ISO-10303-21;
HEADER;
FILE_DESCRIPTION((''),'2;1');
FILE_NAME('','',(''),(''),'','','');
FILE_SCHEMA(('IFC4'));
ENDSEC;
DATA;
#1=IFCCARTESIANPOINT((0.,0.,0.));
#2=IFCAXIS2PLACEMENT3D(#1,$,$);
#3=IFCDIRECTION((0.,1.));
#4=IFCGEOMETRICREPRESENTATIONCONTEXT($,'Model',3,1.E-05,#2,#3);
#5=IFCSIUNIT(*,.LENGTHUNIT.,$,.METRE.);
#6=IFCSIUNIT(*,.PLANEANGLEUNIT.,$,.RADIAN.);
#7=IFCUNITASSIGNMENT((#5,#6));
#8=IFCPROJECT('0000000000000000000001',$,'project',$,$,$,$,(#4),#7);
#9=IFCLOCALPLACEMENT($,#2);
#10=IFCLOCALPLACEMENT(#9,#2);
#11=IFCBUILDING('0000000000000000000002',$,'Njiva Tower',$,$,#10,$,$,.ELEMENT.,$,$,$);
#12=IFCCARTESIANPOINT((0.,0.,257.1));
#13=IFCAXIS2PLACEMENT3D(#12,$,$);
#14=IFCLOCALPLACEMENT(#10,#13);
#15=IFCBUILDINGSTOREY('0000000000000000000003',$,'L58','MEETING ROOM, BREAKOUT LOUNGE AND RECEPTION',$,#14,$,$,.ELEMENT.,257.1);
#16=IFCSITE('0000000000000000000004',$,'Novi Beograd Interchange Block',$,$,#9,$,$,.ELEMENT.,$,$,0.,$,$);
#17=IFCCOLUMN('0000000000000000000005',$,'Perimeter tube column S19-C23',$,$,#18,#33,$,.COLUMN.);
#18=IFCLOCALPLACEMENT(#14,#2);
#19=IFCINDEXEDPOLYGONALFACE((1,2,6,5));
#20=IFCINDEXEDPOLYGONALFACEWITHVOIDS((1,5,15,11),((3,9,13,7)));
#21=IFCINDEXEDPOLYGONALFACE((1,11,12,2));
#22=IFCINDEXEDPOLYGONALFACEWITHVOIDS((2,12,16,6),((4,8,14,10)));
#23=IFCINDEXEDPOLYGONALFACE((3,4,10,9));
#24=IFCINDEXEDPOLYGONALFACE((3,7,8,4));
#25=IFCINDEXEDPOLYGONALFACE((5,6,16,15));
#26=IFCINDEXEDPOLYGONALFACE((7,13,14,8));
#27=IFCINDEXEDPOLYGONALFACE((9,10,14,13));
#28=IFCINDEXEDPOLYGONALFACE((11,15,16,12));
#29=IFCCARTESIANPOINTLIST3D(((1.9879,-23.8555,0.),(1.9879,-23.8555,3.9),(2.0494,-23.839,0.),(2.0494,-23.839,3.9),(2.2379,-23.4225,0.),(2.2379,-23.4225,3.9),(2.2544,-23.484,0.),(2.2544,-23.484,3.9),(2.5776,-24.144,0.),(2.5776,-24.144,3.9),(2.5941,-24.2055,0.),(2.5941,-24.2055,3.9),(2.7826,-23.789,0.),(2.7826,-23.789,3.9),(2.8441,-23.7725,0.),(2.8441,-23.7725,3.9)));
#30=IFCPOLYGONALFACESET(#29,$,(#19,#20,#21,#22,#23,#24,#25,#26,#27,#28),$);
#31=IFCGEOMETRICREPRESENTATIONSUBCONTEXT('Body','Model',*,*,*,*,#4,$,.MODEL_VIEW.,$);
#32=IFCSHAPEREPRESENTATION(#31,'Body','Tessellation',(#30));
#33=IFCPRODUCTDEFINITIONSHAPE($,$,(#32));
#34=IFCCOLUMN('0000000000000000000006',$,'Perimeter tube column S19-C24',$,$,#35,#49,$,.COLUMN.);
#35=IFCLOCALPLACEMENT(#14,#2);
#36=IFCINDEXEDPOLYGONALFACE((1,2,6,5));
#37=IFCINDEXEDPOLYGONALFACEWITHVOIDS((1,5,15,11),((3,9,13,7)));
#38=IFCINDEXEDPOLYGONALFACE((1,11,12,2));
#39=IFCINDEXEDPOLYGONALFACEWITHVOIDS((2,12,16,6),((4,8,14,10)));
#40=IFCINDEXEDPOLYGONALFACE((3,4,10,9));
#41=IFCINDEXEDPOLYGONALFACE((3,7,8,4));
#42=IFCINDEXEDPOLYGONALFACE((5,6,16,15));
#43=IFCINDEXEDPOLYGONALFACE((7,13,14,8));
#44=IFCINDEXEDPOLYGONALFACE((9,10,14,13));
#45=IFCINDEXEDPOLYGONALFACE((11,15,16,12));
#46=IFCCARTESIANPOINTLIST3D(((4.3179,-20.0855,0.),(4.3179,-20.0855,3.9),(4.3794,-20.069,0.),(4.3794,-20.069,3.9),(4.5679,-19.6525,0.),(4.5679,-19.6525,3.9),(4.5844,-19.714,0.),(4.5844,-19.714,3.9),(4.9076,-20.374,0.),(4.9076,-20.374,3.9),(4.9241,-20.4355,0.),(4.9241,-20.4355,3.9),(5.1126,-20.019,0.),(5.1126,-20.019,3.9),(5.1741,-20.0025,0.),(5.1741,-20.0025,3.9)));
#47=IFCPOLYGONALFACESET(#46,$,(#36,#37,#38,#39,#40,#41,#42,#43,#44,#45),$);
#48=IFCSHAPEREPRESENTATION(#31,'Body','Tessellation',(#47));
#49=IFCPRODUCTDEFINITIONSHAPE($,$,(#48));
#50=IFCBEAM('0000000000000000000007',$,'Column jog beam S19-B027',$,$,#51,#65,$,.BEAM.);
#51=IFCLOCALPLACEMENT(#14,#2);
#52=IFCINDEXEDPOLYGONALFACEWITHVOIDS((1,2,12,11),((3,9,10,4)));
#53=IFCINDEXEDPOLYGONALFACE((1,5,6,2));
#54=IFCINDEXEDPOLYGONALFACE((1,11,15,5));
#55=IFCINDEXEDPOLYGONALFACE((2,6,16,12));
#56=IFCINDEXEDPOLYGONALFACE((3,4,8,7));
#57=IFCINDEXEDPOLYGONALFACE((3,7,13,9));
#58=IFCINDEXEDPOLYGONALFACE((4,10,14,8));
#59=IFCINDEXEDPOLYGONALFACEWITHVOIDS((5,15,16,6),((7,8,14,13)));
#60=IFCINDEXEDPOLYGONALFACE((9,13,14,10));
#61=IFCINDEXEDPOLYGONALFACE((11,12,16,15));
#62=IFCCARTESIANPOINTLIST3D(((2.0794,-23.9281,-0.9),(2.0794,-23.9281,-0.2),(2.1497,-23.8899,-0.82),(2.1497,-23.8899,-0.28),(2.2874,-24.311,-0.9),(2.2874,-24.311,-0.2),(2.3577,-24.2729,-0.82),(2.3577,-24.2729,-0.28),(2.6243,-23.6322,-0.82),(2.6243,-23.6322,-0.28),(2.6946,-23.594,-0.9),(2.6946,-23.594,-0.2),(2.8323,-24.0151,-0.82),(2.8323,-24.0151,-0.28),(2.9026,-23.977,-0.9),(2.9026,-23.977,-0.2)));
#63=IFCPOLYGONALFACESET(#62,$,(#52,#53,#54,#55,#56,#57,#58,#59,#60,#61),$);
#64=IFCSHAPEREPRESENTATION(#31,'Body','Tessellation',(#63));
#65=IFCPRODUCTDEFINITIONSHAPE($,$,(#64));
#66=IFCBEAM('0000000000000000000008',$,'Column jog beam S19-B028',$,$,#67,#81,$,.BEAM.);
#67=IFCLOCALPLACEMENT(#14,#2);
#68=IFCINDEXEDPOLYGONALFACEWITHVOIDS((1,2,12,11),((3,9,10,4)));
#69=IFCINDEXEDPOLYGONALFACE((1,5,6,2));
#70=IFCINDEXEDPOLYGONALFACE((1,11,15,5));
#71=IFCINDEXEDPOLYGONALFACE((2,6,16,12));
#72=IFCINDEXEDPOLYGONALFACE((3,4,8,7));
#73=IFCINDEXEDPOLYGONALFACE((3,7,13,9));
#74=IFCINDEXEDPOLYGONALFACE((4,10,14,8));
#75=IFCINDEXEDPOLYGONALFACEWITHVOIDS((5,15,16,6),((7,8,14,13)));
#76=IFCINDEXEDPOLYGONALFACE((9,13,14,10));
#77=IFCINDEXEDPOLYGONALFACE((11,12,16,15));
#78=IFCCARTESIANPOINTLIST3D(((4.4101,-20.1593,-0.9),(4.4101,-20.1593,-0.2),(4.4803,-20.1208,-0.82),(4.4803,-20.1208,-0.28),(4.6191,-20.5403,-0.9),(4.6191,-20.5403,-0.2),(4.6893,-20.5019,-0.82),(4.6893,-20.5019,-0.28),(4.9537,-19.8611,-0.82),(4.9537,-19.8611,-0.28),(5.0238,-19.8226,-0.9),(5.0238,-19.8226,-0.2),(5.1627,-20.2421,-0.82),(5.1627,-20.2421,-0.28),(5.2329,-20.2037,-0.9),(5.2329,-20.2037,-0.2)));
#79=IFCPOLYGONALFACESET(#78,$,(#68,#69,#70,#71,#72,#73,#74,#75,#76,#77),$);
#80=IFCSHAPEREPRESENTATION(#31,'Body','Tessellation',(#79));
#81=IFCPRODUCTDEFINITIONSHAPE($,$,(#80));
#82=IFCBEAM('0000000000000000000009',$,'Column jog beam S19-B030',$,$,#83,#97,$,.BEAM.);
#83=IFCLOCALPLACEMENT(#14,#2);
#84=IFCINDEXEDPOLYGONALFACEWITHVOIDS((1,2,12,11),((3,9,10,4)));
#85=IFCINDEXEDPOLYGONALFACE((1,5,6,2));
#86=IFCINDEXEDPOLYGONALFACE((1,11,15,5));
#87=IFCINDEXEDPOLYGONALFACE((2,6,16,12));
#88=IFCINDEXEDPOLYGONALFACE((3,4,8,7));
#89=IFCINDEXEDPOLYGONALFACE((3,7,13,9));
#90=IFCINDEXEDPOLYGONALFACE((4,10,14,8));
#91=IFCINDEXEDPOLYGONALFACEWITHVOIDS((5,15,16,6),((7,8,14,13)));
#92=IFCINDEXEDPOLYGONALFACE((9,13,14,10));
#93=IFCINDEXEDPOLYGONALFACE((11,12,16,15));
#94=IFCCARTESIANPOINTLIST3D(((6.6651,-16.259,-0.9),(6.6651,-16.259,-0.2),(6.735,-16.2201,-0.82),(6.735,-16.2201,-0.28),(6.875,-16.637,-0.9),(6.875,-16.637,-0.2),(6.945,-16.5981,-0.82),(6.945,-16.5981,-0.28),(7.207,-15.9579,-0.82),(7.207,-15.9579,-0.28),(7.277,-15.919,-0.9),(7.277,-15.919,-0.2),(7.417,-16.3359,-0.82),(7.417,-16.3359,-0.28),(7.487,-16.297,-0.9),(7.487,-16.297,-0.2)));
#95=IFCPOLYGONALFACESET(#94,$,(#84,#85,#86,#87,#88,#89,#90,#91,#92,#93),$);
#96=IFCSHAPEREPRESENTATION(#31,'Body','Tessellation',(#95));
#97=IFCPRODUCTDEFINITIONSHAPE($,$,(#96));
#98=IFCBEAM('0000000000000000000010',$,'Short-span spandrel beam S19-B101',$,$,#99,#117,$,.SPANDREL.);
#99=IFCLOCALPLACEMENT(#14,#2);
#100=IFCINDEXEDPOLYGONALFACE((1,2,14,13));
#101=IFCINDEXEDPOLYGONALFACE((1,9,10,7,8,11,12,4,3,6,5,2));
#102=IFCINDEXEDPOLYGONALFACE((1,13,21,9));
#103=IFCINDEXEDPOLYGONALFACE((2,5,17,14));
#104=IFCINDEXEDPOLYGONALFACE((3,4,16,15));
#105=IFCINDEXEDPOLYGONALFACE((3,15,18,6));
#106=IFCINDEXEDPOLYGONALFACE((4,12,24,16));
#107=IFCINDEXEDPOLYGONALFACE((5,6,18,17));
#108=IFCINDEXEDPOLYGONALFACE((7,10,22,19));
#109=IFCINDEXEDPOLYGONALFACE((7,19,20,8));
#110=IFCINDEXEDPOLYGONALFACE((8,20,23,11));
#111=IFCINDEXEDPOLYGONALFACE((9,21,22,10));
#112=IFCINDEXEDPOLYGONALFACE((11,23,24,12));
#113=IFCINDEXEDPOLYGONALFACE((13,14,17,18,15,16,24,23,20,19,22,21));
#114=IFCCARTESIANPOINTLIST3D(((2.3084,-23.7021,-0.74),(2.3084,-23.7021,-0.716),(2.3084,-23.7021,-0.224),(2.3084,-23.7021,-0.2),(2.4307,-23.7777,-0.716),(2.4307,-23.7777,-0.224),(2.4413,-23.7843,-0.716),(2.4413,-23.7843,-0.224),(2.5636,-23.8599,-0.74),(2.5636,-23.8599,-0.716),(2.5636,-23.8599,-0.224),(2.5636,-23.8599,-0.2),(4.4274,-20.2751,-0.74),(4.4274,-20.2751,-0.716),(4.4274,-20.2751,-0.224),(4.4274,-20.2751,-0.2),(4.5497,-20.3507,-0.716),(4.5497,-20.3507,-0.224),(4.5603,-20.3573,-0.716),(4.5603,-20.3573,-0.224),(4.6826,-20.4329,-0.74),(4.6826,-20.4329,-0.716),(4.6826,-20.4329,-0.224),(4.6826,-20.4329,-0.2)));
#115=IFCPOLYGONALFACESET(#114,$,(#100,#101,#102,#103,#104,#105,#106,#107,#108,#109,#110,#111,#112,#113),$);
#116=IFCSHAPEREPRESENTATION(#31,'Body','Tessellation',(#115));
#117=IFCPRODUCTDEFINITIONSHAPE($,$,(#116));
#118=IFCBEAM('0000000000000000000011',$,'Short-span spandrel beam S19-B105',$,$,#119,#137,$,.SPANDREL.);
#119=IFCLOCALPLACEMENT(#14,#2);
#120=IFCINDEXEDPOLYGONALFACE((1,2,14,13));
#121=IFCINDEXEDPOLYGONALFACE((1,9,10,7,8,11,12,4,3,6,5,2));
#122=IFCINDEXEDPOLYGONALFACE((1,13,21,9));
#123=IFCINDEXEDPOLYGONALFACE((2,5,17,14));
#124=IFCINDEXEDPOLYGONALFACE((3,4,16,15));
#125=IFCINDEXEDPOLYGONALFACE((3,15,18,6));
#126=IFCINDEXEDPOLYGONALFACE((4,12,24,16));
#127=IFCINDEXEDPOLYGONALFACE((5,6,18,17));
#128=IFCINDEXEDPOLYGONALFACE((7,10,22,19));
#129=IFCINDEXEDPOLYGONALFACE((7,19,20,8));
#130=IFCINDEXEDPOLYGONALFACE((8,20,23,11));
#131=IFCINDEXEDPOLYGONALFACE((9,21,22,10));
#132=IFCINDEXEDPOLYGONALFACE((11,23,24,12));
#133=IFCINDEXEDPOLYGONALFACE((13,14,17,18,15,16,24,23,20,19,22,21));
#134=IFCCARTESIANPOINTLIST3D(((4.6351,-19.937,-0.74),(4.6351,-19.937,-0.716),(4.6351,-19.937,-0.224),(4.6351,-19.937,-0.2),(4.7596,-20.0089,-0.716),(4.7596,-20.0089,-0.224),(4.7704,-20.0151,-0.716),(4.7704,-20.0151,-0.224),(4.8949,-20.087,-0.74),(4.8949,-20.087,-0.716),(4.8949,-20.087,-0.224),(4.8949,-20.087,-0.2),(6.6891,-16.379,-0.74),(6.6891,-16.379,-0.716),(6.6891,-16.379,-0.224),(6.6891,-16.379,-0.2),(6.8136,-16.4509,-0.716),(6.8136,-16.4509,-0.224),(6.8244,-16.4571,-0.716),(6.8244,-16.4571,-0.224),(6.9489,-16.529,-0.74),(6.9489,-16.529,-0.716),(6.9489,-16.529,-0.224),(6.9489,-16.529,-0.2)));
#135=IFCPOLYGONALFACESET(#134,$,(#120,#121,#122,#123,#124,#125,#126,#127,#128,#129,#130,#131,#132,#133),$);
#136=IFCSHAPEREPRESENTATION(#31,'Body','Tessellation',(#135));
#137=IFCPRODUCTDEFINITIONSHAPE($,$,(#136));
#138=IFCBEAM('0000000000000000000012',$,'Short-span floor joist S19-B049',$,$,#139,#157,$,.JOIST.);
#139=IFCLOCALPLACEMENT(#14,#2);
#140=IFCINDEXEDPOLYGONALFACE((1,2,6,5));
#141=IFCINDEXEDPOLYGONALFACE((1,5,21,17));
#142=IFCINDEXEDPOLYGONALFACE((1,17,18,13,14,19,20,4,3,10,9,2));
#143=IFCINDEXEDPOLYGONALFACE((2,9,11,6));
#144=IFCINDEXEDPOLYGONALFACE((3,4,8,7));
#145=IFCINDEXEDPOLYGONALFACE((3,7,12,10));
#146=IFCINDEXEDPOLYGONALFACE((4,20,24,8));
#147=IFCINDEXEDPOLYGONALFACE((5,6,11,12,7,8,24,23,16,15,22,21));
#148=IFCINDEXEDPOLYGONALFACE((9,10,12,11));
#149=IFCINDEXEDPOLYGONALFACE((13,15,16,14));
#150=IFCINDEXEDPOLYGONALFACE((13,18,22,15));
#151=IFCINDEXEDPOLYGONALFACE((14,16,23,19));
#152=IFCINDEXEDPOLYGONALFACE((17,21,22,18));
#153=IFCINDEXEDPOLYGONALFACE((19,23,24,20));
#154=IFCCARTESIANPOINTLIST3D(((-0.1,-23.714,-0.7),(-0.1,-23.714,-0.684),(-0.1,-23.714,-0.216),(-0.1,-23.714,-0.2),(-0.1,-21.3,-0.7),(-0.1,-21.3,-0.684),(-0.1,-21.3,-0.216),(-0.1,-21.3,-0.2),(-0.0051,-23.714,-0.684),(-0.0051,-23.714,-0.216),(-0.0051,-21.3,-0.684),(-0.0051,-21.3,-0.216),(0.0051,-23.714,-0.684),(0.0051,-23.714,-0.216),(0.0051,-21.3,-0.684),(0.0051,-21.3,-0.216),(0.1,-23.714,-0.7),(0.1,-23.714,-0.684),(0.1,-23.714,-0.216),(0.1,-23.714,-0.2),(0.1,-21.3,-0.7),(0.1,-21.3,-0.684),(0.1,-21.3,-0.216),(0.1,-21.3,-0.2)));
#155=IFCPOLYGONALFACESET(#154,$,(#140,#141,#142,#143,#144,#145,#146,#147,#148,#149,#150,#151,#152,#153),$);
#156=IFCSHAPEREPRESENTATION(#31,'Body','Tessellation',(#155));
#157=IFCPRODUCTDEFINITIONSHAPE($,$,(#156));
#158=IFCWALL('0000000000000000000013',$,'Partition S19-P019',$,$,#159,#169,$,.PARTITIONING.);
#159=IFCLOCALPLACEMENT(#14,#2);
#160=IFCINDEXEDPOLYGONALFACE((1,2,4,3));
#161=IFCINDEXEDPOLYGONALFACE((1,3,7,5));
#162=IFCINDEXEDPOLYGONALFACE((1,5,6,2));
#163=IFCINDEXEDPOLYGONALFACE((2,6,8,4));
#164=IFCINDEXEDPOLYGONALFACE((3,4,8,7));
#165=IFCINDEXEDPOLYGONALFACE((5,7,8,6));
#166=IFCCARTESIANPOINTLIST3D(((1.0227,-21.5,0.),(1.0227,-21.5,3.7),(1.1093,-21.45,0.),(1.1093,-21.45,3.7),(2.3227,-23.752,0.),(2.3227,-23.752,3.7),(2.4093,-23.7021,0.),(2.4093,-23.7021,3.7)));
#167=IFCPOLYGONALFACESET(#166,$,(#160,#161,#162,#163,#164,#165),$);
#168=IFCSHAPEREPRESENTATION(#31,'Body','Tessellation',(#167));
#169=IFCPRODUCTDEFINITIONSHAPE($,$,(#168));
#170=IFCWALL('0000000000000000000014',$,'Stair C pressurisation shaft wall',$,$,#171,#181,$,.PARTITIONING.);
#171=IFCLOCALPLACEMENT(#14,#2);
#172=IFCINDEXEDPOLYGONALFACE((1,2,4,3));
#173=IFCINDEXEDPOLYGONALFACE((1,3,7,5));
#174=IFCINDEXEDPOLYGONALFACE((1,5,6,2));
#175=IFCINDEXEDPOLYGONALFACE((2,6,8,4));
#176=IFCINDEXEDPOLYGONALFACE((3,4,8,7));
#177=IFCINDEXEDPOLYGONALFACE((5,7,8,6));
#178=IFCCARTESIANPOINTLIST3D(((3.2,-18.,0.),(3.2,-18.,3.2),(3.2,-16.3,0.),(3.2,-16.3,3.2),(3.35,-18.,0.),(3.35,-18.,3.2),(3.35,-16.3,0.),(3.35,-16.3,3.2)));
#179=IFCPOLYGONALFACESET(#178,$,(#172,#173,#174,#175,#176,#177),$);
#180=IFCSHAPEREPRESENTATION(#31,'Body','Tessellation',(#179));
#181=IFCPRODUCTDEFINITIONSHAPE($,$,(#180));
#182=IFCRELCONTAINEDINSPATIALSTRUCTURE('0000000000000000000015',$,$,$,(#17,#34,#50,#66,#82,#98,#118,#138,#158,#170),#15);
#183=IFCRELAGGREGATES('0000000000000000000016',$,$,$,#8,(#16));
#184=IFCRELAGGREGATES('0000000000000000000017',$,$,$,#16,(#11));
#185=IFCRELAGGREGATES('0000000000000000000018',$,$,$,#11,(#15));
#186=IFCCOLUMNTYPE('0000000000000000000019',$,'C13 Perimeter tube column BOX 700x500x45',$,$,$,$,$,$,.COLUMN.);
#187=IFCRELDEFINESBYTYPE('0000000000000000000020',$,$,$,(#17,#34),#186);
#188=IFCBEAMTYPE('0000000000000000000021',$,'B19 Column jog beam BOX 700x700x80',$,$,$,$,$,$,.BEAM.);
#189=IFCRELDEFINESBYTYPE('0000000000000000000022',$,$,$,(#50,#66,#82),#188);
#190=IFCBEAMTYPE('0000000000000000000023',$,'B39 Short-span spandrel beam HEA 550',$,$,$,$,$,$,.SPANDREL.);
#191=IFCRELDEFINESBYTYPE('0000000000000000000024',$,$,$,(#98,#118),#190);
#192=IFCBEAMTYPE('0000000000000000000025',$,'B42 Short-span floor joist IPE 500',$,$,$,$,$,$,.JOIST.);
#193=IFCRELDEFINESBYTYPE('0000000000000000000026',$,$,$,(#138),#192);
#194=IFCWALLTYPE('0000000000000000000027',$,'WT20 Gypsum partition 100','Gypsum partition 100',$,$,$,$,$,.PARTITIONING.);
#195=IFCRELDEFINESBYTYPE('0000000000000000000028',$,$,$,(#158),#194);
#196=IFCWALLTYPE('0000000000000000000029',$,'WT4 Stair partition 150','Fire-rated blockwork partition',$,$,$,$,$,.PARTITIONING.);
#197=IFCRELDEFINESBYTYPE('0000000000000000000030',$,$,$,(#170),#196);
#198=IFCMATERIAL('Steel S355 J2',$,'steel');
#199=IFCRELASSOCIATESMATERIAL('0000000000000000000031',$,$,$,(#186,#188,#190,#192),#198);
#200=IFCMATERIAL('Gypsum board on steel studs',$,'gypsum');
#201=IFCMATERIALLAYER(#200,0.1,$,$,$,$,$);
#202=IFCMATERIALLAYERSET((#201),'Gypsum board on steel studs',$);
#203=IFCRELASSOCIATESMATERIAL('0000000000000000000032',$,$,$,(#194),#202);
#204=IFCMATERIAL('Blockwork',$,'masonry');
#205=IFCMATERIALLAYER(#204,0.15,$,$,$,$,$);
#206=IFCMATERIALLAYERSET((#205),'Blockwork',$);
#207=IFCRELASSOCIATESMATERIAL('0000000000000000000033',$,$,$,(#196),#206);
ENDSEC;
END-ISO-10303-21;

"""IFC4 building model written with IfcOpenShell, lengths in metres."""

from ifc_helpers import new_model, si_unit, direction, frame, frame_2d, origin, origin_2d, place, context, subcontext, project, spatial, rectangle, hollow_rectangle, i_section, extrude, material, layer, layer_set, material_profile, profile_set, type_object, element, save


model = new_model("IFC4")

# Units and contexts
model_context = context("Model", 3, precision=1e-05, world=origin(), true_north=direction((0.0, 1.0)))
body_context = subcontext(model_context, "Body", "Model", "MODEL_VIEW")
ifc_project = project(units=[si_unit("LENGTHUNIT", "METRE"), si_unit("PLANEANGLEUNIT", "RADIAN")], contexts=[model_context])

# Site, building, storey
site_placement = place(None, origin())
site = spatial("IfcSite", under=ifc_project, at=site_placement, Name="Novi Beograd Interchange Block", CompositionType="ELEMENT", RefElevation=0.0)
building_placement = place(site_placement, origin())
building = spatial("IfcBuilding", under=site, at=building_placement, Name="Njiva Tower", CompositionType="ELEMENT")
storey_placement = place(building_placement, frame((0.0, 0.0, 257.1)))
storey = spatial("IfcBuildingStorey", under=building, at=storey_placement, Name="L58", Description="MEETING ROOM, BREAKOUT LOUNGE AND RECEPTION", CompositionType="ELEMENT", Elevation=257.1)

# Columns
ifc_material_1 = material(Name="Steel S355 J2", Category="steel")
ifc_material_profile_1 = material_profile(ifc_material_1, hollow_rectangle(XDim=0.5, YDim=0.7, WallThickness=0.045, at=origin_2d()), Name="BOX 700x500x45")
ifc_profile_set_1 = profile_set([ifc_material_profile_1], Name="Steel S355 J2")
column_type = type_object("IfcColumnType", Name="C13 Perimeter tube column BOX 700x500x45", PredefinedType="COLUMN", material=ifc_profile_set_1)
for number, where, z_axis, x_axis, name in (
    (1, (2.416, -23.814, 0.0), (0.0, 0.0, 1.0), (0.5, 0.866025, 0.0), "Perimeter tube column S19-C23"),
    (2, (4.746, -20.044, 0.0), (0.0, 0.0, 1.0), (0.5, 0.866025, 0.0), "Perimeter tube column S19-C24"),
):
    element("IfcColumn", number, at=place(storey_placement, frame(where, z_axis=z_axis, x_axis=x_axis)), inside=storey, type_object=column_type, Name=name, PredefinedType="COLUMN", context=body_context, shape_type="SweptSolid", body=[
        extrude(hollow_rectangle(XDim=0.5, YDim=0.7, WallThickness=0.045, at=origin_2d()), origin(), (0.0, 0.0, 1.0), 3.9),
    ])

# Beams
ifc_material_profile_2 = material_profile(ifc_material_1, hollow_rectangle(XDim=0.7, YDim=0.7, WallThickness=0.08, at=origin_2d()), Name="BOX 700x700x80")
ifc_profile_set_2 = profile_set([ifc_material_profile_2], Name="Steel S355 J2")
beam_type_1 = type_object("IfcBeamType", Name="B19 Column jog beam BOX 700x700x80", PredefinedType="BEAM", material=ifc_profile_set_2)
beam_1_placement = place(storey_placement, frame((2.595, -24.144, -0.55), z_axis=(-0.477244, 0.878771, 0.0), x_axis=(-0.878771, -0.477244, 0.0)))
element("IfcBeam", 3, at=beam_1_placement, inside=storey, type_object=beam_type_1, Name="Column jog beam S19-B027", PredefinedType="BEAM", context=body_context, shape_type="SweptSolid", body=[
    extrude(hollow_rectangle(XDim=0.7, YDim=0.7, WallThickness=0.08, at=origin_2d()), origin(), (0.0, 0.0, 1.0), 0.4358),
])
beam_2_placement = place(storey_placement, frame((4.926, -20.372, -0.55), z_axis=(-0.480947, 0.87675, 0.0), x_axis=(-0.87675, -0.480947, 0.0)))
element("IfcBeam", 4, at=beam_2_placement, inside=storey, type_object=beam_type_1, Name="Column jog beam S19-B028", PredefinedType="BEAM", context=body_context, shape_type="SweptSolid", body=[
    extrude(hollow_rectangle(XDim=0.7, YDim=0.7, WallThickness=0.08, at=origin_2d()), origin(), (0.0, 0.0, 1.0), 0.4346),
])
beam_3_placement = place(storey_placement, frame((7.181, -16.467, -0.55), z_axis=(-0.485643, 0.874157, 0.0), x_axis=(-0.874157, -0.485643, 0.0)))
element("IfcBeam", 5, at=beam_3_placement, inside=storey, type_object=beam_type_1, Name="Column jog beam S19-B030", PredefinedType="BEAM", context=body_context, shape_type="SweptSolid", body=[
    extrude(hollow_rectangle(XDim=0.7, YDim=0.7, WallThickness=0.08, at=origin_2d()), origin(), (0.0, 0.0, 1.0), 0.4324),
])
ifc_material_profile_3 = material_profile(ifc_material_1, i_section(OverallWidth=0.3, OverallDepth=0.54, WebThickness=0.0125, FlangeThickness=0.024, at=origin_2d()), Name="HEA 550")
ifc_profile_set_3 = profile_set([ifc_material_profile_3], Name="Steel S355 J2")
beam_type_2 = type_object("IfcBeamType", Name="B39 Short-span spandrel beam HEA 550", PredefinedType="SPANDREL", material=ifc_profile_set_3)
beam_4_placement = place(storey_placement, frame((2.436, -23.781, -0.47), z_axis=(0.52591, 0.85054, 0.0), x_axis=(-0.85054, 0.52591, 0.0)))
element("IfcBeam", 6, at=beam_4_placement, inside=storey, type_object=beam_type_2, Name="Short-span spandrel beam S19-B101", PredefinedType="SPANDREL", context=body_context, shape_type="SweptSolid", body=[
    extrude(i_section(OverallWidth=0.3, OverallDepth=0.54, WebThickness=0.0125, FlangeThickness=0.024, at=origin_2d()), origin(), (0.0, 0.0, 1.0), 4.0292),
])
beam_5_placement = place(storey_placement, frame((4.765, -20.012, -0.47), z_axis=(0.499961, 0.866048, 0.0), x_axis=(-0.866048, 0.499961, 0.0)))
element("IfcBeam", 7, at=beam_5_placement, inside=storey, type_object=beam_type_2, Name="Short-span spandrel beam S19-B105", PredefinedType="SPANDREL", context=body_context, shape_type="SweptSolid", body=[
    extrude(i_section(OverallWidth=0.3, OverallDepth=0.54, WebThickness=0.0125, FlangeThickness=0.024, at=origin_2d()), origin(), (0.0, 0.0, 1.0), 4.1083),
])
ifc_material_profile_4 = material_profile(ifc_material_1, i_section(OverallWidth=0.2, OverallDepth=0.5, WebThickness=0.0102, FlangeThickness=0.016, at=origin_2d()), Name="IPE 500")
ifc_profile_set_4 = profile_set([ifc_material_profile_4], Name="Steel S355 J2")
beam_type_3 = type_object("IfcBeamType", Name="B42 Short-span floor joist IPE 500", PredefinedType="JOIST", material=ifc_profile_set_4)
beam_6_placement = place(storey_placement, frame((0.0, -21.3, -0.45), z_axis=(0.0, -1.0, 0.0), x_axis=(1.0, 0.0, 0.0)))
element("IfcBeam", 8, at=beam_6_placement, inside=storey, type_object=beam_type_3, Name="Short-span floor joist S19-B049", PredefinedType="JOIST", context=body_context, shape_type="SweptSolid", body=[
    extrude(i_section(OverallWidth=0.2, OverallDepth=0.5, WebThickness=0.0102, FlangeThickness=0.016, at=origin_2d()), origin(), (0.0, 0.0, 1.0), 2.414),
])

# Walls
ifc_material_2 = material(Name="Gypsum board on steel studs", Category="gypsum")
ifc_layer_1 = layer(ifc_material_2, 0.1)
ifc_layer_set_1 = layer_set([ifc_layer_1], Name="Gypsum board on steel studs")
wall_type_1 = type_object("IfcWallType", Name="WT20 Gypsum partition 100", Description="Gypsum partition 100", PredefinedType="PARTITIONING", material=ifc_layer_set_1)
wall_1_placement = place(storey_placement, frame((1.066, -21.475, 0.0), z_axis=(0.0, 0.0, 1.0), x_axis=(0.499944, -0.866058, 0.0)))
element("IfcWall", 9, at=wall_1_placement, inside=storey, type_object=wall_type_1, Name="Partition S19-P019", PredefinedType="PARTITIONING", context=body_context, shape_type="SweptSolid", body=[
    extrude(rectangle(XDim=2.6003, YDim=0.1, at=frame_2d((1.3002, 0.0))), origin(), (0.0, 0.0, 1.0), 3.7),
])
ifc_material_3 = material(Name="Blockwork", Category="masonry")
ifc_layer_2 = layer(ifc_material_3, 0.15)
ifc_layer_set_2 = layer_set([ifc_layer_2], Name="Blockwork")
wall_type_2 = type_object("IfcWallType", Name="WT4 Stair partition 150", Description="Fire-rated blockwork partition", PredefinedType="PARTITIONING", material=ifc_layer_set_2)
wall_2_placement = place(storey_placement, frame((3.275, -18.0, 0.0), z_axis=(0.0, 0.0, 1.0), x_axis=(0.0, 1.0, 0.0)))
element("IfcWall", 10, at=wall_2_placement, inside=storey, type_object=wall_type_2, Name="Stair C pressurisation shaft wall", PredefinedType="PARTITIONING", context=body_context, shape_type="SweptSolid", body=[
    extrude(rectangle(XDim=1.7, YDim=0.15, at=frame_2d((0.85, 0.0))), origin(), (0.0, 0.0, 1.0), 3.2),
])

save(model, "model.ifc")
